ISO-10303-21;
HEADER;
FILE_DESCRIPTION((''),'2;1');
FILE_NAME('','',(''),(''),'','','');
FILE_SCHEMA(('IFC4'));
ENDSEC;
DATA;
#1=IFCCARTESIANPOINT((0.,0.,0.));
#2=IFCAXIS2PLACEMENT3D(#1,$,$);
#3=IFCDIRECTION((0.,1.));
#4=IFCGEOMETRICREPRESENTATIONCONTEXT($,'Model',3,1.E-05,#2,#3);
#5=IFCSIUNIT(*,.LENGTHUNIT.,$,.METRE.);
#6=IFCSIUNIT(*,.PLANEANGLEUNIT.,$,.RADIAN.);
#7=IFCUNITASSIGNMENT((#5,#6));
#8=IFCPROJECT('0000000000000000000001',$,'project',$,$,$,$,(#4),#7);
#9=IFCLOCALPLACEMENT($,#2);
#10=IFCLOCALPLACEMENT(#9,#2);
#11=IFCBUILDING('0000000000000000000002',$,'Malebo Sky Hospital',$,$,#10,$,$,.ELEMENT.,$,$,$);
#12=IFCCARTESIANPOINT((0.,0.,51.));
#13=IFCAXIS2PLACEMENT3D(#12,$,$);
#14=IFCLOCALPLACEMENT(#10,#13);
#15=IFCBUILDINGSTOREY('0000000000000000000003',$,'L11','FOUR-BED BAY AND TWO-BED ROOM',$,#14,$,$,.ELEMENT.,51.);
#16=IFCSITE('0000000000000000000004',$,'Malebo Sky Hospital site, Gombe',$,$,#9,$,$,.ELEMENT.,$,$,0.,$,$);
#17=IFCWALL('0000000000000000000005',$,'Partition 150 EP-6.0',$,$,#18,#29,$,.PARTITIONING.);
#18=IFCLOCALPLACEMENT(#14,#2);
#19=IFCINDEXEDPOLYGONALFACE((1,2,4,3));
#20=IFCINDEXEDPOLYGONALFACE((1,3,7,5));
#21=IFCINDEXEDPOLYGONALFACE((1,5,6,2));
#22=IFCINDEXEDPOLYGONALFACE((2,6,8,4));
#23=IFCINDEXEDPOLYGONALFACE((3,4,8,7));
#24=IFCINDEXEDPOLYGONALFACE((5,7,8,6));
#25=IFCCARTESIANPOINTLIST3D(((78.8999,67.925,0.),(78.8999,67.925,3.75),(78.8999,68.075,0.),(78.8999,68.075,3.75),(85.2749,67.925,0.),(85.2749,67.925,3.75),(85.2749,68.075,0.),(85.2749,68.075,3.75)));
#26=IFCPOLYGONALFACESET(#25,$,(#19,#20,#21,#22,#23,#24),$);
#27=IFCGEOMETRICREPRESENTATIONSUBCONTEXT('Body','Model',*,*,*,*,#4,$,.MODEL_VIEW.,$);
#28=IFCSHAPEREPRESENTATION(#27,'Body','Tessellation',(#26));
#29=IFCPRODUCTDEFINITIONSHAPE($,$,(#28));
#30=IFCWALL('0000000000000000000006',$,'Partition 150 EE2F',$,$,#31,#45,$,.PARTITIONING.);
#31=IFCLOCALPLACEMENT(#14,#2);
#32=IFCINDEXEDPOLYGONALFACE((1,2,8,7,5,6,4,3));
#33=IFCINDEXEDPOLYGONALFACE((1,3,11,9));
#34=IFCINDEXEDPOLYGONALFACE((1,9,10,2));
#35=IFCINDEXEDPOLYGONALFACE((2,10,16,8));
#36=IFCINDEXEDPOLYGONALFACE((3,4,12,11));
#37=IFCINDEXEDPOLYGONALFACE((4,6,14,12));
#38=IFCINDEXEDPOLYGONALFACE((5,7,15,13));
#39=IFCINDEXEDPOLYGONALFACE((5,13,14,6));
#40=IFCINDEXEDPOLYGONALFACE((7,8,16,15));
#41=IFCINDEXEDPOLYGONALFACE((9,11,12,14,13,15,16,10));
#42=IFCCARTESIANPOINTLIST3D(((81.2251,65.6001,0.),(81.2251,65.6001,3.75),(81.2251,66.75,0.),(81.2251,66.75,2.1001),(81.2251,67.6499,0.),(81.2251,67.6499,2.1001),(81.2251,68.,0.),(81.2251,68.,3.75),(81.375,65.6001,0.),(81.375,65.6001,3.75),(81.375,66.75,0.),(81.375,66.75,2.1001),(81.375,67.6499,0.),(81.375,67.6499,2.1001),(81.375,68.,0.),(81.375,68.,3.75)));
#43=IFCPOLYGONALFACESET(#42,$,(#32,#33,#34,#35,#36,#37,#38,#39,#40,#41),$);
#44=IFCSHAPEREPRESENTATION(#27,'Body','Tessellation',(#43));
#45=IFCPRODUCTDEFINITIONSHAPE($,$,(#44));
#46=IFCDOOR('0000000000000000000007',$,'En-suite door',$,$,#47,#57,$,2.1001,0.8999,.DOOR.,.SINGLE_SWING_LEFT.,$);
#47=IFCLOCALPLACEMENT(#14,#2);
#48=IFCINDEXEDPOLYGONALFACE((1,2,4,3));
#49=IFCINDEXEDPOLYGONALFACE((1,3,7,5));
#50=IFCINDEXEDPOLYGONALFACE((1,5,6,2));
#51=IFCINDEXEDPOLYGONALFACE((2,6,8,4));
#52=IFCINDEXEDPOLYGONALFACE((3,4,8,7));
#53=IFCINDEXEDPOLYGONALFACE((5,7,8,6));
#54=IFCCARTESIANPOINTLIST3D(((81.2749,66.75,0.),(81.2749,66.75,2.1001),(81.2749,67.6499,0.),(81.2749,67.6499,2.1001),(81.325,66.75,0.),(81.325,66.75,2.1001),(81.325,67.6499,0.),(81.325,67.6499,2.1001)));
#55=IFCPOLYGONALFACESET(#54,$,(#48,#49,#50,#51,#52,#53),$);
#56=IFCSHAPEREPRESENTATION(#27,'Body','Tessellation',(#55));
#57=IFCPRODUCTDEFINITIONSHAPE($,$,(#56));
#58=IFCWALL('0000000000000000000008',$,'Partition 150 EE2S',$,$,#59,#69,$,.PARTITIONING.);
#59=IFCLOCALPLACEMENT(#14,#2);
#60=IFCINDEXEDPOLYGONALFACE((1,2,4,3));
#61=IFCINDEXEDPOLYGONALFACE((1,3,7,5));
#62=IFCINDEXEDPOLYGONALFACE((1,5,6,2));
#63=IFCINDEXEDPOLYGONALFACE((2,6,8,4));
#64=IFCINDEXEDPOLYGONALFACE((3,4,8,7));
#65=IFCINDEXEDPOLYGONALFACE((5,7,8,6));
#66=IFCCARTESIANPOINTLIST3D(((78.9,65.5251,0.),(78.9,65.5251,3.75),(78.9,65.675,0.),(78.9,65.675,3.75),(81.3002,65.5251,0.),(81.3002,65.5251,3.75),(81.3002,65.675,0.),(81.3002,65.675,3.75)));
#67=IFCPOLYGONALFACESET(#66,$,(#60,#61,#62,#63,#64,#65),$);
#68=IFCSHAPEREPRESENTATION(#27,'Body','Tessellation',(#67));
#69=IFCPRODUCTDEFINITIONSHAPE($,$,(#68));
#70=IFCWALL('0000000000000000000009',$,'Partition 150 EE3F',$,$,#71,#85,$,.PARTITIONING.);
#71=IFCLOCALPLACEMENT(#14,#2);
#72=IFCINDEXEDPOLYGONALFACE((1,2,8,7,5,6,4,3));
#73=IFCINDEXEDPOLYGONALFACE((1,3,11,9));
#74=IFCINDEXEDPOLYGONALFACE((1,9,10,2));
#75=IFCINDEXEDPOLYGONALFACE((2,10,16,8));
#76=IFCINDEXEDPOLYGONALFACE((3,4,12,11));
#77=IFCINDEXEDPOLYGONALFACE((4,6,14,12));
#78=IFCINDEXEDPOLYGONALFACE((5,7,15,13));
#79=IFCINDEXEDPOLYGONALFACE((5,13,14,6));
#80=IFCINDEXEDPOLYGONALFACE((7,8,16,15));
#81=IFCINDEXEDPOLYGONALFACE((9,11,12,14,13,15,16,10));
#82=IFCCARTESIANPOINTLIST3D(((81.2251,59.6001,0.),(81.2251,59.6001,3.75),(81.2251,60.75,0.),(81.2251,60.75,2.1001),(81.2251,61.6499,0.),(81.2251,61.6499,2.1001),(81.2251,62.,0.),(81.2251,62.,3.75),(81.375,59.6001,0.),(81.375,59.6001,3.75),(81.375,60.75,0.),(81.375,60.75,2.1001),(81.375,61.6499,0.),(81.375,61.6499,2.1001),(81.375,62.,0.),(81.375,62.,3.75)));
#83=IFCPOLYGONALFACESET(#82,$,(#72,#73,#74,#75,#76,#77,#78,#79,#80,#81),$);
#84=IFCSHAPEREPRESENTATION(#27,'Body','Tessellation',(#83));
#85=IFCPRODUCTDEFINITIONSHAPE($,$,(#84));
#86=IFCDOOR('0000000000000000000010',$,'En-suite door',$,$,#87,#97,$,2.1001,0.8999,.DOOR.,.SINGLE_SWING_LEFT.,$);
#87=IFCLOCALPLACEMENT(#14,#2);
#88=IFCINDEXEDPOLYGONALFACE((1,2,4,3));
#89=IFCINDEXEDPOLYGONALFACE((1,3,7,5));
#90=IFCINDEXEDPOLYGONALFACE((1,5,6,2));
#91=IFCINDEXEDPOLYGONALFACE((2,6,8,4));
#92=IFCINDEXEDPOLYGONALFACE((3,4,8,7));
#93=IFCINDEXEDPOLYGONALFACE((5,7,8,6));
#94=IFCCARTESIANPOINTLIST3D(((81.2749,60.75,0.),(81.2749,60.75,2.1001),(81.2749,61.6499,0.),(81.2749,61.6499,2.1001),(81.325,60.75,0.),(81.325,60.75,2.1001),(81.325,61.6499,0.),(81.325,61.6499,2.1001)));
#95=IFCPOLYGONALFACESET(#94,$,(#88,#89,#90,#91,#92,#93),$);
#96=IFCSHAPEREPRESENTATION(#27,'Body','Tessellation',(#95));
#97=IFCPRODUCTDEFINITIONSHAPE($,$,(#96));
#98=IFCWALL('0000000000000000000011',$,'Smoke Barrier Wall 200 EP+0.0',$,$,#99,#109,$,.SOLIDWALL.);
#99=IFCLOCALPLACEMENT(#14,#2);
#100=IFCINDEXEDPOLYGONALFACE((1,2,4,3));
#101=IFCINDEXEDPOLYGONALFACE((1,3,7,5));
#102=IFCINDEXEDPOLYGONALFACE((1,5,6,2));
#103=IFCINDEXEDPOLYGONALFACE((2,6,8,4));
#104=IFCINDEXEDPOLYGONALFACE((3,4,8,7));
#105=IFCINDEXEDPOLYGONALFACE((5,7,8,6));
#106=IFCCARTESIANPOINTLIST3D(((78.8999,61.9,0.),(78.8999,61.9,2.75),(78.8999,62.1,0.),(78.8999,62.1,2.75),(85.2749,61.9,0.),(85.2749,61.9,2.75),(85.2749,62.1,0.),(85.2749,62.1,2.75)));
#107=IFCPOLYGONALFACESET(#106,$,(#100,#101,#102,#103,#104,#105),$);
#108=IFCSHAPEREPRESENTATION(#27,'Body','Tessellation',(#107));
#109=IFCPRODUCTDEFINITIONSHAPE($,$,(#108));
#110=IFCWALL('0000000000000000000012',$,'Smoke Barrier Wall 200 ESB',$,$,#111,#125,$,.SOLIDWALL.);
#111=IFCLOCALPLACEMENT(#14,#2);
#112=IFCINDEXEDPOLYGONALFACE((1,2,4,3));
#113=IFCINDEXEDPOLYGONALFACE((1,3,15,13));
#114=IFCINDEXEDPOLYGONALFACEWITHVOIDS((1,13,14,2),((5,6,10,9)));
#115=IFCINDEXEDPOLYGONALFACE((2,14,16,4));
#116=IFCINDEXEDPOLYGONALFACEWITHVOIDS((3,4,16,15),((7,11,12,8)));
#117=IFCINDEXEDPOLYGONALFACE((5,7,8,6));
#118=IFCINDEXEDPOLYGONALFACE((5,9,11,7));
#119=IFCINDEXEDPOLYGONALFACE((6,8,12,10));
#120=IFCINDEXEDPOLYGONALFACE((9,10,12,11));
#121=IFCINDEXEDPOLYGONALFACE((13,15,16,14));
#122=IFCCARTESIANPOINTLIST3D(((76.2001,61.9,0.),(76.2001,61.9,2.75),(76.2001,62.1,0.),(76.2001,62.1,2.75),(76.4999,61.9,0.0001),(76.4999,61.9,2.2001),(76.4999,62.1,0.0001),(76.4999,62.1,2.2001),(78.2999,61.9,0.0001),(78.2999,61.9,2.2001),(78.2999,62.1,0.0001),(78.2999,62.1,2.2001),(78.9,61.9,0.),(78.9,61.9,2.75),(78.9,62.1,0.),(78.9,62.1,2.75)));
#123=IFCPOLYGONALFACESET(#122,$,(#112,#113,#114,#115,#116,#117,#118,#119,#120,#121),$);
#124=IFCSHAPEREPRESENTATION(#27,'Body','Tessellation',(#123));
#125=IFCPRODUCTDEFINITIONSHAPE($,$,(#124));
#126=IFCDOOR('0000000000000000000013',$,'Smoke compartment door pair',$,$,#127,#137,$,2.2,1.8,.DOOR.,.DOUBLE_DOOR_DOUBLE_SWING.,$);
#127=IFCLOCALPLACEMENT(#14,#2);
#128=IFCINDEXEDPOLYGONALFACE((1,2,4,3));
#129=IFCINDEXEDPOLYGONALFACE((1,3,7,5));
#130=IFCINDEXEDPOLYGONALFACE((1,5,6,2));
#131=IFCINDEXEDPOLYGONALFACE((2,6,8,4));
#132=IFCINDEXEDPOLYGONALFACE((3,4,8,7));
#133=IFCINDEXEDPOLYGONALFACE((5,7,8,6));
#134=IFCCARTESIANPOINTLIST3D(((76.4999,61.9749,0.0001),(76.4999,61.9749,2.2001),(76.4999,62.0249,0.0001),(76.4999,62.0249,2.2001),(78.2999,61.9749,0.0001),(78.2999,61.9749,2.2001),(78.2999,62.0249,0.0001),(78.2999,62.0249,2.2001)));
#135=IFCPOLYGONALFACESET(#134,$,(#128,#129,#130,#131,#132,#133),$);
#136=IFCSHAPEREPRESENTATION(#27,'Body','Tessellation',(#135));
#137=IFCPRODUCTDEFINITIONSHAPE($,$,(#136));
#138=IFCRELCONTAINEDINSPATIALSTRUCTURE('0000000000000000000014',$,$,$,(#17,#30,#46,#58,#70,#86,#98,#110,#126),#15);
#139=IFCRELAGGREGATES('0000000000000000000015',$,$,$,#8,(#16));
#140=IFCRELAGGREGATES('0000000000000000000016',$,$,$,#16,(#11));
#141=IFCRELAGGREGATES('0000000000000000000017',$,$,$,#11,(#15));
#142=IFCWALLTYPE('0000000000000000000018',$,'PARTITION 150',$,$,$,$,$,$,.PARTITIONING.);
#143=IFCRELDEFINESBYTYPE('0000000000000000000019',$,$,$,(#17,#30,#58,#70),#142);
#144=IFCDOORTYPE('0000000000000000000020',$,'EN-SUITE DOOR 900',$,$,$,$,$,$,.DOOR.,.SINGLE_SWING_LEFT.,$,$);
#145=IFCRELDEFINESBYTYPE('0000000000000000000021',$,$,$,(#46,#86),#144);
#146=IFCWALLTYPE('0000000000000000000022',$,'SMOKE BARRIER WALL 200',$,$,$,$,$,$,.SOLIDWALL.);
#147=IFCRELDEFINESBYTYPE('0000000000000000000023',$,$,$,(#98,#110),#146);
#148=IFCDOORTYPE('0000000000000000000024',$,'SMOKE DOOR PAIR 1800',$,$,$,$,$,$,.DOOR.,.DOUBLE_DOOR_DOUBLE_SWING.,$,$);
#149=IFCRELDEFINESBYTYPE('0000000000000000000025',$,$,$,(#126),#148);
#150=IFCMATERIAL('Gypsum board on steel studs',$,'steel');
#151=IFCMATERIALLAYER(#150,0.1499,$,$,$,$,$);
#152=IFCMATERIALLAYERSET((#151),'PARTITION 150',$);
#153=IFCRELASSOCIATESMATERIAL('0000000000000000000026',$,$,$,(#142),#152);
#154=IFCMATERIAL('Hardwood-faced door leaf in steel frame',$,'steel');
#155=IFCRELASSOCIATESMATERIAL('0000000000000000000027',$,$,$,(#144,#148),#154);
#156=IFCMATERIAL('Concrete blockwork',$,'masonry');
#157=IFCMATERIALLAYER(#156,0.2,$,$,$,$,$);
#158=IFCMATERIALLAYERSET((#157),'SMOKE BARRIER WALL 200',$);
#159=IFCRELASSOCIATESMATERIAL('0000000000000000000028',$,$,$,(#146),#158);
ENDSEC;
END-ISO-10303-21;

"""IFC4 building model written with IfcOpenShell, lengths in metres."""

from ifc_helpers import new_model, si_unit, direction, frame, frame_2d, origin, place, context, subcontext, project, spatial, rectangle, extrude, material, layer, layer_set, type_object, element, fill, save


model = new_model("IFC4")

# Units and contexts
model_context = context("Model", 3, precision=1e-05, world=origin(), true_north=direction((0.0, 1.0)))
body_context = subcontext(model_context, "Body", "Model", "MODEL_VIEW")
ifc_project = project(units=[si_unit("LENGTHUNIT", "METRE"), si_unit("PLANEANGLEUNIT", "RADIAN")], contexts=[model_context])

# Site, building, storey
site_placement = place(None, origin())
site = spatial("IfcSite", under=ifc_project, at=site_placement, Name="Malebo Sky Hospital site, Gombe", CompositionType="ELEMENT", RefElevation=0.0)
building_placement = place(site_placement, origin())
building = spatial("IfcBuilding", under=site, at=building_placement, Name="Malebo Sky Hospital", CompositionType="ELEMENT")
storey_placement = place(building_placement, frame((0.0, 0.0, 51.0)))
storey = spatial("IfcBuildingStorey", under=building, at=storey_placement, Name="L11", Description="FOUR-BED BAY AND TWO-BED ROOM", CompositionType="ELEMENT", Elevation=51.0)

# Shared definitions
ifc_material_1 = material(Name="Gypsum board on steel studs", Category="steel")
ifc_material_2 = material(Name="Hardwood-faced door leaf in steel frame", Category="steel")

# Wall
ifc_layer_1 = layer(ifc_material_1, 0.1499)
ifc_layer_set_1 = layer_set([ifc_layer_1], Name="PARTITION 150")
wall_type_1 = type_object("IfcWallType", Name="PARTITION 150", PredefinedType="PARTITIONING", material=ifc_layer_set_1)
wall_1_placement = place(storey_placement, frame((78.8999, 68.0, 0.0), z_axis=(0.0, 0.0, 1.0), x_axis=(1.0, 0.0, 0.0)))
element("IfcWall", 1, at=wall_1_placement, inside=storey, type_object=wall_type_1, Name="Partition 150 EP-6.0", PredefinedType="PARTITIONING", context=body_context, shape_type="SweptSolid", body=[
    extrude(rectangle(XDim=6.375, YDim=0.1499, at=frame_2d((3.1875, 0.0))), origin(), (0.0, 0.0, 1.0), 3.75),
])

# Wall, opening, door
wall_2_placement = place(storey_placement, frame((81.3, 68.0, 0.0), z_axis=(0.0, 0.0, 1.0), x_axis=(0.0, -1.0, 0.0)))
wall_2 = element("IfcWall", 2, at=wall_2_placement, inside=storey, type_object=wall_type_1, Name="Partition 150 EE2F", PredefinedType="PARTITIONING", context=body_context, shape_type="SweptSolid", body=[
    extrude(rectangle(XDim=2.3999, YDim=0.1499, at=frame_2d((1.2, 0.0))), origin(), (0.0, 0.0, 1.0), 3.75),
])
opening_1_placement = place(wall_2_placement, frame((0.3501, 0.0, 0.0)))
opening_1 = element("IfcOpeningElement", 3, at=opening_1_placement, cuts=wall_2, PredefinedType="OPENING", context=body_context, shape_type="SweptSolid", body=[
    extrude(rectangle(XDim=0.8999, YDim=2.1001, at=frame_2d((0.45, 1.05))), frame((0.0, 0.085, 0.0), z_axis=(0.0, -1.0, 0.0), x_axis=(1.0, 0.0, 0.0)), (0.0, 0.0, 1.0), 0.1699),
])
door_type_1 = type_object("IfcDoorType", Name="EN-SUITE DOOR 900", OperationType="SINGLE_SWING_LEFT", PredefinedType="DOOR", material=ifc_material_2)
door_1_placement = place(opening_1_placement, origin())
door_1 = element("IfcDoor", 4, at=door_1_placement, inside=storey, type_object=door_type_1, Name="En-suite door", OperationType="SINGLE_SWING_LEFT", OverallHeight=2.1001, OverallWidth=0.8999, PredefinedType="DOOR", context=body_context, shape_type="SweptSolid", body=[
    extrude(rectangle(XDim=0.8999, YDim=2.1001, at=frame_2d((0.45, 1.05))), frame((0.0, 0.0249, 0.0), z_axis=(0.0, -1.0, 0.0), x_axis=(1.0, 0.0, 0.0)), (0.0, 0.0, 1.0), 0.05),
])
fill(opening_1, door_1)

# Wall
wall_3_placement = place(storey_placement, frame((78.8999, 65.6001, 0.0), z_axis=(0.0, 0.0, 1.0), x_axis=(1.0, 0.0, 0.0)))
element("IfcWall", 5, at=wall_3_placement, inside=storey, type_object=wall_type_1, Name="Partition 150 EE2S", PredefinedType="PARTITIONING", context=body_context, shape_type="SweptSolid", body=[
    extrude(rectangle(XDim=2.4001, YDim=0.1499, at=frame_2d((1.2002, 0.0))), origin(), (0.0, 0.0, 1.0), 3.75),
])

# Wall, opening, door
wall_4_placement = place(storey_placement, frame((81.3, 62.0, 0.0), z_axis=(0.0, 0.0, 1.0), x_axis=(0.0, -1.0, 0.0)))
wall_4 = element("IfcWall", 6, at=wall_4_placement, inside=storey, type_object=wall_type_1, Name="Partition 150 EE3F", PredefinedType="PARTITIONING", context=body_context, shape_type="SweptSolid", body=[
    extrude(rectangle(XDim=2.3999, YDim=0.1499, at=frame_2d((1.2, 0.0))), origin(), (0.0, 0.0, 1.0), 3.75),
])
opening_2_placement = place(wall_4_placement, frame((0.3501, 0.0, 0.0)))
opening_2 = element("IfcOpeningElement", 7, at=opening_2_placement, cuts=wall_4, PredefinedType="OPENING", context=body_context, shape_type="SweptSolid", body=[
    extrude(rectangle(XDim=0.8999, YDim=2.1001, at=frame_2d((0.45, 1.05))), frame((0.0, 0.085, 0.0), z_axis=(0.0, -1.0, 0.0), x_axis=(1.0, 0.0, 0.0)), (0.0, 0.0, 1.0), 0.1699),
])
door_2_placement = place(opening_2_placement, origin())
door_2 = element("IfcDoor", 8, at=door_2_placement, inside=storey, type_object=door_type_1, Name="En-suite door", OperationType="SINGLE_SWING_LEFT", OverallHeight=2.1001, OverallWidth=0.8999, PredefinedType="DOOR", context=body_context, shape_type="SweptSolid", body=[
    extrude(rectangle(XDim=0.8999, YDim=2.1001, at=frame_2d((0.45, 1.05))), frame((0.0, 0.0249, 0.0), z_axis=(0.0, -1.0, 0.0), x_axis=(1.0, 0.0, 0.0)), (0.0, 0.0, 1.0), 0.05),
])
fill(opening_2, door_2)

# Wall
ifc_material_3 = material(Name="Concrete blockwork", Category="masonry")
ifc_layer_2 = layer(ifc_material_3, 0.2)
ifc_layer_set_2 = layer_set([ifc_layer_2], Name="SMOKE BARRIER WALL 200")
wall_type_2 = type_object("IfcWallType", Name="SMOKE BARRIER WALL 200", PredefinedType="SOLIDWALL", material=ifc_layer_set_2)
wall_5_placement = place(storey_placement, frame((78.8999, 62.0, 0.0), z_axis=(0.0, 0.0, 1.0), x_axis=(1.0, 0.0, 0.0)))
element("IfcWall", 9, at=wall_5_placement, inside=storey, type_object=wall_type_2, Name="Smoke Barrier Wall 200 EP+0.0", PredefinedType="SOLIDWALL", context=body_context, shape_type="SweptSolid", body=[
    extrude(rectangle(XDim=6.375, YDim=0.2, at=frame_2d((3.1875, 0.0))), origin(), (0.0, 0.0, 1.0), 2.75),
])

# Wall, opening, door
wall_6_placement = place(storey_placement, frame((76.2, 62.0, 0.0), z_axis=(0.0, 0.0, 1.0), x_axis=(1.0, 0.0, 0.0)))
wall_6 = element("IfcWall", 10, at=wall_6_placement, inside=storey, type_object=wall_type_2, Name="Smoke Barrier Wall 200 ESB", PredefinedType="SOLIDWALL", context=body_context, shape_type="SweptSolid", body=[
    extrude(rectangle(XDim=2.7, YDim=0.2, at=frame_2d((1.3501, 0.0))), origin(), (0.0, 0.0, 1.0), 2.75),
])
opening_3_placement = place(wall_6_placement, frame((0.3, 0.0, 0.0)))
opening_3 = element("IfcOpeningElement", 11, at=opening_3_placement, cuts=wall_6, PredefinedType="OPENING", context=body_context, shape_type="SweptSolid", body=[
    extrude(rectangle(XDim=1.8, YDim=2.2, at=frame_2d((0.8999, 1.1001))), frame((0.0, 0.1099, 0.0), z_axis=(0.0, -1.0, 0.0), x_axis=(1.0, 0.0, 0.0)), (0.0, 0.0, 1.0), 0.22),
])
door_type_2 = type_object("IfcDoorType", Name="SMOKE DOOR PAIR 1800", OperationType="DOUBLE_DOOR_DOUBLE_SWING", PredefinedType="DOOR", material=ifc_material_2)
door_3_placement = place(opening_3_placement, origin())
door_3 = element("IfcDoor", 12, at=door_3_placement, inside=storey, type_object=door_type_2, Name="Smoke compartment door pair", OperationType="DOUBLE_DOOR_DOUBLE_SWING", OverallHeight=2.2, OverallWidth=1.8, PredefinedType="DOOR", context=body_context, shape_type="SweptSolid", body=[
    extrude(rectangle(XDim=1.8, YDim=2.2, at=frame_2d((0.8999, 1.1001))), frame((0.0, 0.0249, 0.0), z_axis=(0.0, -1.0, 0.0), x_axis=(1.0, 0.0, 0.0)), (0.0, 0.0, 1.0), 0.05),
])
fill(opening_3, door_3)

save(model, "model.ifc")
